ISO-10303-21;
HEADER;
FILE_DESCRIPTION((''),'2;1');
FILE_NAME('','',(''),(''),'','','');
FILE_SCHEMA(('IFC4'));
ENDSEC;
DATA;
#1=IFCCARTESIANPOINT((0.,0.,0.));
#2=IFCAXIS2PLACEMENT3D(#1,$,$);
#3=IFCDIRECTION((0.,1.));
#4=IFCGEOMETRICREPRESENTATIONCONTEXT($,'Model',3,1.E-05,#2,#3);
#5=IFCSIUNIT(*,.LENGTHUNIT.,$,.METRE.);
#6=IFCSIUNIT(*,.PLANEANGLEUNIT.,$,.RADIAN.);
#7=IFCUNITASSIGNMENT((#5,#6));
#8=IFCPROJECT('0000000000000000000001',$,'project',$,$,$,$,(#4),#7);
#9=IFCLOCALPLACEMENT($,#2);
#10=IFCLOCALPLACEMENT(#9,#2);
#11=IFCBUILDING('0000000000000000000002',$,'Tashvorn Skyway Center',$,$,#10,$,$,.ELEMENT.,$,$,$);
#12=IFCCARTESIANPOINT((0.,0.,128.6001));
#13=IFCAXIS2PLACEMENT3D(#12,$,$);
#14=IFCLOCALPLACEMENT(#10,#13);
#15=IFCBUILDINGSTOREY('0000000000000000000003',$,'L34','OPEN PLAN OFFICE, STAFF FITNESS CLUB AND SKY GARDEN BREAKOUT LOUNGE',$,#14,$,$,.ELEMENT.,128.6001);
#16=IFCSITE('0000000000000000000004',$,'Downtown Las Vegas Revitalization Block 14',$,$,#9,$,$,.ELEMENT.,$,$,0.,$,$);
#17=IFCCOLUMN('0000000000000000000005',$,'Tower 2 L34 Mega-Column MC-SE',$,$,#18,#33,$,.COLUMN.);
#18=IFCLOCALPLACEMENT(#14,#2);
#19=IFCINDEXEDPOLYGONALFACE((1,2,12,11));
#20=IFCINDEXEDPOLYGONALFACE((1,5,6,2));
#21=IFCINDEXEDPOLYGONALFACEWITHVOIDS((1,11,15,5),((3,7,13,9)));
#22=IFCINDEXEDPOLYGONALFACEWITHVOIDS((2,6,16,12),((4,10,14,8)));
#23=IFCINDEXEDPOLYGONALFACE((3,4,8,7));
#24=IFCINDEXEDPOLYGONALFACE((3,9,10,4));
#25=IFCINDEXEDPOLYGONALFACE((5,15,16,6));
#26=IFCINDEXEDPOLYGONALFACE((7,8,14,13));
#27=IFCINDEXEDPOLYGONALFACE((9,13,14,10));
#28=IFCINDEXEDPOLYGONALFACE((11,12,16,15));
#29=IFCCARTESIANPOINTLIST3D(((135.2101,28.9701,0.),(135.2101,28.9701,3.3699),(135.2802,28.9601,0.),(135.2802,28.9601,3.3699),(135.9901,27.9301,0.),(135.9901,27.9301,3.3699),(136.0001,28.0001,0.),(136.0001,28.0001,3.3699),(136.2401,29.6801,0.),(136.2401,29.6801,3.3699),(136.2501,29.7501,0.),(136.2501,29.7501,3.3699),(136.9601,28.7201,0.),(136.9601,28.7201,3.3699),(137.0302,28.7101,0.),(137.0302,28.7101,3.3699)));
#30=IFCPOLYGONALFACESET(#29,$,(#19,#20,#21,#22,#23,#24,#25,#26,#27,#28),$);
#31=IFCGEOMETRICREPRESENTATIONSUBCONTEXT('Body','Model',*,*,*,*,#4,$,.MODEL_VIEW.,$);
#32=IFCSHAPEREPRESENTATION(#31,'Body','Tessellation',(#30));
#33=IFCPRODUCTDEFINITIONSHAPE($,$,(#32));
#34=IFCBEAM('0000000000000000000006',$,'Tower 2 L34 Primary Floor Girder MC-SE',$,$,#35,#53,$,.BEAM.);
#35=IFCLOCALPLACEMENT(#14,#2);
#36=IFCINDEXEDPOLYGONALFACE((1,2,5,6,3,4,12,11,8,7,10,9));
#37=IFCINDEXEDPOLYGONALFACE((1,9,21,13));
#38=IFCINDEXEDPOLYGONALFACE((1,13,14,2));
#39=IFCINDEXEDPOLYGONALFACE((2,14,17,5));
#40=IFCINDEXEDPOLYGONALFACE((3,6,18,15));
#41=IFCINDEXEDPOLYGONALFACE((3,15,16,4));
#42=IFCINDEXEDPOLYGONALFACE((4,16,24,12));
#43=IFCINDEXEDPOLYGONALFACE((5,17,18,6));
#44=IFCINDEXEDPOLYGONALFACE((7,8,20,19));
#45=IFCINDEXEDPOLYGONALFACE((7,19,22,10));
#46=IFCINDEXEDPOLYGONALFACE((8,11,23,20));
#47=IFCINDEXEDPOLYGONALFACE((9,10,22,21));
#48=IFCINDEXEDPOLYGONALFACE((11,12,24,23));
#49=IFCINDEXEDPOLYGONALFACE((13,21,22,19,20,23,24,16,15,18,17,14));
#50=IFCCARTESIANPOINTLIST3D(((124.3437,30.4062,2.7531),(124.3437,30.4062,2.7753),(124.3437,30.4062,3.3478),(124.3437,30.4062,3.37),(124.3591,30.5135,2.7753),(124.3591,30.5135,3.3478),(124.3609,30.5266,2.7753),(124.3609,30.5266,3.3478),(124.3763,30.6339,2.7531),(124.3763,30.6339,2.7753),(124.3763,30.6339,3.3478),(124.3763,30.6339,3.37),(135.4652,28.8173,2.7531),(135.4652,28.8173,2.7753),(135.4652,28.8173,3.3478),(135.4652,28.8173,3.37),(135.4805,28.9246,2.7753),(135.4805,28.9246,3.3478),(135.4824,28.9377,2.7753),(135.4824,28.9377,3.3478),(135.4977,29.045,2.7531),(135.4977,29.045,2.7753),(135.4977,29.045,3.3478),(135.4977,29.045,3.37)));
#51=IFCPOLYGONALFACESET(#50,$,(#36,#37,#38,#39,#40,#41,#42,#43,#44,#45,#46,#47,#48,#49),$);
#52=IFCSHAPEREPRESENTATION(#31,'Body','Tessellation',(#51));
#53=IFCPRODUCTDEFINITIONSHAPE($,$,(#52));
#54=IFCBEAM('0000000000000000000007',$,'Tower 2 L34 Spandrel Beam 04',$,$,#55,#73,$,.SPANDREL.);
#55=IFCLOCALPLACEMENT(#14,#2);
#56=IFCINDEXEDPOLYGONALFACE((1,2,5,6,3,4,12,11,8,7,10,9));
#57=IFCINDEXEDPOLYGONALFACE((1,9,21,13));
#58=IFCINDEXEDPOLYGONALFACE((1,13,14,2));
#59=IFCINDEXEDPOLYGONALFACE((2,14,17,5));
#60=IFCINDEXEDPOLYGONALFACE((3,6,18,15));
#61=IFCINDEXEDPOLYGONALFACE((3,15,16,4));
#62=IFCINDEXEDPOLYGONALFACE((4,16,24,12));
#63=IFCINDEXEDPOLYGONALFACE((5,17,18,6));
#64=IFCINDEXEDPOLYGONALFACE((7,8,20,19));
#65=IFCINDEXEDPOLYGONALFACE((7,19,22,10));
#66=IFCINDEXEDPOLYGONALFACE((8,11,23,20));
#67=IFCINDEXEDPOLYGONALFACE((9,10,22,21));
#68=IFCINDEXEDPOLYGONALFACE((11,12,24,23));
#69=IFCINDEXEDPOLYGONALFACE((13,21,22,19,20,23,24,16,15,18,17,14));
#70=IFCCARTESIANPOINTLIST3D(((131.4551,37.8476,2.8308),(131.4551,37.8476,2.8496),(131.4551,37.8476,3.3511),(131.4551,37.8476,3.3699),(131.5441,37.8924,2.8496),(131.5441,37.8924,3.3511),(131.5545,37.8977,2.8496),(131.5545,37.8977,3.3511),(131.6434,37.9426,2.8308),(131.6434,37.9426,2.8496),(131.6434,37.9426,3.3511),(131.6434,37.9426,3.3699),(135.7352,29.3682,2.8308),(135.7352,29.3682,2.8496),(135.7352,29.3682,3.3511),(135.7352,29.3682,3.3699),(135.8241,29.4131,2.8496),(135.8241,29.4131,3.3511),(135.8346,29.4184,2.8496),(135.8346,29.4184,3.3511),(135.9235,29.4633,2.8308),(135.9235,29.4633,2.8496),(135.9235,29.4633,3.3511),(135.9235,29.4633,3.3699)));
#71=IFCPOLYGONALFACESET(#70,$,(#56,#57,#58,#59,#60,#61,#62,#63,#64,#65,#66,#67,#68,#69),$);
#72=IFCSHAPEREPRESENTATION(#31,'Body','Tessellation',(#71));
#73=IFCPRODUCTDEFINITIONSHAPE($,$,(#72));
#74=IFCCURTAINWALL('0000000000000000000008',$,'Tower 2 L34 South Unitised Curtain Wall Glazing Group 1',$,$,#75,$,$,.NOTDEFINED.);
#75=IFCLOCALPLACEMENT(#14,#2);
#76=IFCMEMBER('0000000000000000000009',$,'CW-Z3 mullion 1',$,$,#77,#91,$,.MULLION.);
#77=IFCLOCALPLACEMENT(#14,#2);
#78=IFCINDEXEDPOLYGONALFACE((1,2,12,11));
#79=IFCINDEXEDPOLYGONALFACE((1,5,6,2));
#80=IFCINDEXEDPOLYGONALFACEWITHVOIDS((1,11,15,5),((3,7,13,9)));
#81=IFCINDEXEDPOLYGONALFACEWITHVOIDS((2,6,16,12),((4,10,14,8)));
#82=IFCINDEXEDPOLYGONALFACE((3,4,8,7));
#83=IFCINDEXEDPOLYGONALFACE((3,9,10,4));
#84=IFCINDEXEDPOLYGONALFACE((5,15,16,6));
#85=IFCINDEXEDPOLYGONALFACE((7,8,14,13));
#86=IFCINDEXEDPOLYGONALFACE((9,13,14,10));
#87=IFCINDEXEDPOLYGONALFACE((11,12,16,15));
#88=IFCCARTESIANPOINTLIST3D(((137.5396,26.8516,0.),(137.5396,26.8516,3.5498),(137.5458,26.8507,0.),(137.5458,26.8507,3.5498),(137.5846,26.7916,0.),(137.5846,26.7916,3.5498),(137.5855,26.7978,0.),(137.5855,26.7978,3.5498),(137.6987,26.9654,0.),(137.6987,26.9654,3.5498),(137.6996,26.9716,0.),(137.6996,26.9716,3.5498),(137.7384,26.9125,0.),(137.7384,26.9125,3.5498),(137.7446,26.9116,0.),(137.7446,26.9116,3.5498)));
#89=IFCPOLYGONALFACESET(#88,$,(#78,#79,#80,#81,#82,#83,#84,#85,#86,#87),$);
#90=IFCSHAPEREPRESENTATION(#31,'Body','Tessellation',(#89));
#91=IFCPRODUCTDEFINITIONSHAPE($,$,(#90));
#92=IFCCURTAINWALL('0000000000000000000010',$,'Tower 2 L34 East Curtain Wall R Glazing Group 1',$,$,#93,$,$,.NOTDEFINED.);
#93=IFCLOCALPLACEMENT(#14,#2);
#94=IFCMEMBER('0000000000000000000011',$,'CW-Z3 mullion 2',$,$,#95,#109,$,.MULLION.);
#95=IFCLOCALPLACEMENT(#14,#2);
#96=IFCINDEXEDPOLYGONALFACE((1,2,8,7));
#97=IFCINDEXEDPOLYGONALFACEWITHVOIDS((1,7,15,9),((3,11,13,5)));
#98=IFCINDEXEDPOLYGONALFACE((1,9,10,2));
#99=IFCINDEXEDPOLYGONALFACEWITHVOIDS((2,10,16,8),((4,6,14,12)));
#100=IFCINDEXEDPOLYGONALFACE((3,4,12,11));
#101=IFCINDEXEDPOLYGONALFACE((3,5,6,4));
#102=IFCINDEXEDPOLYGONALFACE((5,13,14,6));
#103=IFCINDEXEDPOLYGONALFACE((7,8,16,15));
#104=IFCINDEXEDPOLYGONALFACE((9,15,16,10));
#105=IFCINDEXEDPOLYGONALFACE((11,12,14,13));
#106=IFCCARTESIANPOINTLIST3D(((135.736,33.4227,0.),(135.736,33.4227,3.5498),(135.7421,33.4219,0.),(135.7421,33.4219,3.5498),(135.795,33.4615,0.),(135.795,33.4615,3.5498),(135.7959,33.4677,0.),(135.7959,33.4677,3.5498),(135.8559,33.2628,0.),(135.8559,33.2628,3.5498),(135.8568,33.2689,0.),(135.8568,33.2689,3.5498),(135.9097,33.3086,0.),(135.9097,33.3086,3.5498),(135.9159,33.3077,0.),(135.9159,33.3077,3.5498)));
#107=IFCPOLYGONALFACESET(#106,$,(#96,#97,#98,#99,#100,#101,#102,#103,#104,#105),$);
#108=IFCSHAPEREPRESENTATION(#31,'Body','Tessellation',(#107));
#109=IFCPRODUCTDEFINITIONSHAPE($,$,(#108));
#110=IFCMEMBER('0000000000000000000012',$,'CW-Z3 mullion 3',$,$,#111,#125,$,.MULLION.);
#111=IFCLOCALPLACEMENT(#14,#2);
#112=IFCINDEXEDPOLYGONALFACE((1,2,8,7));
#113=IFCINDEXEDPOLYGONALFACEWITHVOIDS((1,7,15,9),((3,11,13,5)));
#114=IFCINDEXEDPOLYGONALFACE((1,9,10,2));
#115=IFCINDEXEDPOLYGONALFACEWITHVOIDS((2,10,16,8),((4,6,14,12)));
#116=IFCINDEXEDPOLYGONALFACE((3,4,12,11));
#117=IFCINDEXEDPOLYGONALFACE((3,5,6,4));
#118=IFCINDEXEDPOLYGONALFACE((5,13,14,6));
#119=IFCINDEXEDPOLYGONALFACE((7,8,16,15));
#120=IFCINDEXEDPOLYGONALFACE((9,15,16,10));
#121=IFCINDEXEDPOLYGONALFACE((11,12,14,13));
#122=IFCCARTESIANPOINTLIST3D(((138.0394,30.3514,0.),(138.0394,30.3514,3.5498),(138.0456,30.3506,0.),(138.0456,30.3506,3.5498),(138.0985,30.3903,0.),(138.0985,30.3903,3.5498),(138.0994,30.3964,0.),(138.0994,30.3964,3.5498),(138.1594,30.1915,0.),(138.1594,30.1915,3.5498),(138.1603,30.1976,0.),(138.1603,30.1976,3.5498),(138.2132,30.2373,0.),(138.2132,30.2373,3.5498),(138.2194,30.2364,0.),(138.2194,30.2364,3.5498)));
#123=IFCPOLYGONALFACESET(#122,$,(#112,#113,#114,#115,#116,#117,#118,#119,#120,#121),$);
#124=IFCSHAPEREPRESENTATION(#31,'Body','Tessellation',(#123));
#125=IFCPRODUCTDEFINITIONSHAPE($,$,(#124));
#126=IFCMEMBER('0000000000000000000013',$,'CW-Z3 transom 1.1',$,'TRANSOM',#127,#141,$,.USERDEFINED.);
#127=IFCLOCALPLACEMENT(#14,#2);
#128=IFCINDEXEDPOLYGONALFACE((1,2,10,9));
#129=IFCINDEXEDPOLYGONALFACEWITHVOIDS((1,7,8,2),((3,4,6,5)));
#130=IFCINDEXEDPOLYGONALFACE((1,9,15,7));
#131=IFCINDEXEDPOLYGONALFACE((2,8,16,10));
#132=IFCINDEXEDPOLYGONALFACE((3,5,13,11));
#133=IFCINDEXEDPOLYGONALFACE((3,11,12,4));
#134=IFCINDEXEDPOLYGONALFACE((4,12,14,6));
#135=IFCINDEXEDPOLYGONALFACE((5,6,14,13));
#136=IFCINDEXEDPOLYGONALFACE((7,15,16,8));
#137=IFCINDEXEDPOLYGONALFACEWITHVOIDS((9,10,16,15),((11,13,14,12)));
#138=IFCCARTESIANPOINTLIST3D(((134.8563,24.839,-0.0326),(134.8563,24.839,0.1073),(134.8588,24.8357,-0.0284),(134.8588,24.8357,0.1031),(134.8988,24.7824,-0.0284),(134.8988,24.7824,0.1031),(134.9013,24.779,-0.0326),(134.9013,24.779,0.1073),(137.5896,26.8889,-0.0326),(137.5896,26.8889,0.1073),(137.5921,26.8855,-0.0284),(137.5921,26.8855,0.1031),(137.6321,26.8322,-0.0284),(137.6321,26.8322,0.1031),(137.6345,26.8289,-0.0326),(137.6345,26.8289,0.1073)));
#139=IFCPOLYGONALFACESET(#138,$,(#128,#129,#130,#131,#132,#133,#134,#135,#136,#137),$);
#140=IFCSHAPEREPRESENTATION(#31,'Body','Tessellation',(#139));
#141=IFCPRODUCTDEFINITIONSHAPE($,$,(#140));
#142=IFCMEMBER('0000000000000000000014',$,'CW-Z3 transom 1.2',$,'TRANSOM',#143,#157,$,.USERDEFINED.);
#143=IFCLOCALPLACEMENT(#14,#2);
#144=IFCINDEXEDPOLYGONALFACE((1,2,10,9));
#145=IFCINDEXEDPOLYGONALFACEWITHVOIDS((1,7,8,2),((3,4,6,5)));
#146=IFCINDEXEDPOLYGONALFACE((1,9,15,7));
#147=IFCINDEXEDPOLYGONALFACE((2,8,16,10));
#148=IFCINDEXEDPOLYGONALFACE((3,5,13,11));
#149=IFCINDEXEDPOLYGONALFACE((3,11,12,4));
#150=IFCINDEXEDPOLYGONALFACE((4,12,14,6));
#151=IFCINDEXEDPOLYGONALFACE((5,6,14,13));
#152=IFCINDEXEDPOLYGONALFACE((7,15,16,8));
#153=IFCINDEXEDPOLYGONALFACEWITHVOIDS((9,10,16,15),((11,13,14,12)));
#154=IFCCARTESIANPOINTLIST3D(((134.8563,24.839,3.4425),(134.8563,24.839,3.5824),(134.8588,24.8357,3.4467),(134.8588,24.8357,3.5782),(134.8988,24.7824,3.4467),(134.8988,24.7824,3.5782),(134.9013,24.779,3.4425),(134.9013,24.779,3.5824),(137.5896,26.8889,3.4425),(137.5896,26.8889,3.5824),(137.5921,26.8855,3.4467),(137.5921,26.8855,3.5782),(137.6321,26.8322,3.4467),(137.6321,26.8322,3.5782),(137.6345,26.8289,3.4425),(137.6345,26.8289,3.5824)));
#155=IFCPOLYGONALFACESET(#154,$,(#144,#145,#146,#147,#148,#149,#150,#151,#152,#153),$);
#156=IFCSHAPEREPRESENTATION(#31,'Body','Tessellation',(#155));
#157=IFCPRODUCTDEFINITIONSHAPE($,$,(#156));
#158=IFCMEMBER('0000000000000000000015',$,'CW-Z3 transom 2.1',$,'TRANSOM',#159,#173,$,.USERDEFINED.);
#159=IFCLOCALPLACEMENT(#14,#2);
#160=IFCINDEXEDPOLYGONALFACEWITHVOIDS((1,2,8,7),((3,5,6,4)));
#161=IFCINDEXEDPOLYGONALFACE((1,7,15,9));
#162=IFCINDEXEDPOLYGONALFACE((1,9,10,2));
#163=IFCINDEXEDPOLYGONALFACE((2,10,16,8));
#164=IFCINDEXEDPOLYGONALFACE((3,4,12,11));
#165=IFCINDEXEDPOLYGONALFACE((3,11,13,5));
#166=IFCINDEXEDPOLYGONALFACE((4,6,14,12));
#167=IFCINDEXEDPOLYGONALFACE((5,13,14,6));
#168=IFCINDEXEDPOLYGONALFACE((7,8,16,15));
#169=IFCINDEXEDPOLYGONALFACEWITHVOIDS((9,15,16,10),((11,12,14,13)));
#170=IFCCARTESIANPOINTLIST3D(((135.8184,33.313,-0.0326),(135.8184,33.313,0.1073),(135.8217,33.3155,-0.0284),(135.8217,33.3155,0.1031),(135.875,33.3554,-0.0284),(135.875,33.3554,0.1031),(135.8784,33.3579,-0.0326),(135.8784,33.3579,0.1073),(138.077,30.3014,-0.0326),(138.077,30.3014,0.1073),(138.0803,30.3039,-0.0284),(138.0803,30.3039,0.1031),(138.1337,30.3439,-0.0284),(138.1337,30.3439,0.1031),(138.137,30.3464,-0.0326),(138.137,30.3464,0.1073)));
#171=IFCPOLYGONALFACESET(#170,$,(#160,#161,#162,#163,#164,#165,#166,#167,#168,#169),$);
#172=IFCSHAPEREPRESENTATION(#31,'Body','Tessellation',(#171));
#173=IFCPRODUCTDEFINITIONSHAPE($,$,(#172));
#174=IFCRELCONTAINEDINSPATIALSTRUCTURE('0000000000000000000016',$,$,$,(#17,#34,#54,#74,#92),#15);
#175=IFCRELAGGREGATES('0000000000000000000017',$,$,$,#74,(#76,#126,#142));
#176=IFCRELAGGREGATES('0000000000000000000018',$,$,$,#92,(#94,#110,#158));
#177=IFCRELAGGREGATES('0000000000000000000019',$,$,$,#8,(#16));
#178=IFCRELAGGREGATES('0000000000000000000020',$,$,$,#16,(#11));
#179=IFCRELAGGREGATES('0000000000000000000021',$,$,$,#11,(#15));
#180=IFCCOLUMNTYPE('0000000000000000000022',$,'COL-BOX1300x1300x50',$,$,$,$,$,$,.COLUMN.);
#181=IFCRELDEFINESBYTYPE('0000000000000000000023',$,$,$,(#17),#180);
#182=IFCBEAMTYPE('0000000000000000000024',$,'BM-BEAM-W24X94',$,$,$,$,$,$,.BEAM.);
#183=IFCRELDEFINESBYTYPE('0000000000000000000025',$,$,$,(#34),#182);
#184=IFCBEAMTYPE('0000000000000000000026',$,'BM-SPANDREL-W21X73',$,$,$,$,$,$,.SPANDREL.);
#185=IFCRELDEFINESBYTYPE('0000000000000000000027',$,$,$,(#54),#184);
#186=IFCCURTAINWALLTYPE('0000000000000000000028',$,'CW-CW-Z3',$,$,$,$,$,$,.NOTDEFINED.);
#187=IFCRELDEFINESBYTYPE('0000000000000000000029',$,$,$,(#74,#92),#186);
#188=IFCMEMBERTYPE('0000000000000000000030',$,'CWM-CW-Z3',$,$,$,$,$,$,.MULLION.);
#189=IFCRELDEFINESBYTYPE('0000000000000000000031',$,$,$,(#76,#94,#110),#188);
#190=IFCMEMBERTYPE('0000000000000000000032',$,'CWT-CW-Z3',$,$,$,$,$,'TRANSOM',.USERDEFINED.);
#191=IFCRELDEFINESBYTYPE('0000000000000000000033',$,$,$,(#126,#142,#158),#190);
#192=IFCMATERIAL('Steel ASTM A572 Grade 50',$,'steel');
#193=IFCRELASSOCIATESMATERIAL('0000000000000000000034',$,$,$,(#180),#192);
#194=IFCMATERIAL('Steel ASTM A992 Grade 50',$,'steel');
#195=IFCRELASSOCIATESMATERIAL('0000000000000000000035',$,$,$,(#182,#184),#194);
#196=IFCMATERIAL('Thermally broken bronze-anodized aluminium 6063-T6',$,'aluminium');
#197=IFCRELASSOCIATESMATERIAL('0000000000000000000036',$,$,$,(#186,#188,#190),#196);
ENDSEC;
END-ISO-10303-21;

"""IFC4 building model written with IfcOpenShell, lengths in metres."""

from ifc_helpers import new_model, si_unit, direction, frame, origin, origin_2d, place, context, subcontext, project, spatial, hollow_rectangle, i_section, extrude, material, material_profile, profile_set, type_object, element, aggregate, save


model = new_model("IFC4")

# Units and contexts
model_context = context("Model", 3, precision=1e-05, world=origin(), true_north=direction((0.0, 1.0)))
body_context = subcontext(model_context, "Body", "Model", "MODEL_VIEW")
ifc_project = project(units=[si_unit("LENGTHUNIT", "METRE"), si_unit("PLANEANGLEUNIT", "RADIAN")], contexts=[model_context])

# Site, building, storey
site_placement = place(None, origin())
site = spatial("IfcSite", under=ifc_project, at=site_placement, Name="Downtown Las Vegas Revitalization Block 14", CompositionType="ELEMENT", RefElevation=0.0)
building_placement = place(site_placement, origin())
building = spatial("IfcBuilding", under=site, at=building_placement, Name="Tashvorn Skyway Center", CompositionType="ELEMENT")
storey_placement = place(building_placement, frame((0.0, 0.0, 128.6001)))
storey = spatial("IfcBuildingStorey", under=building, at=storey_placement, Name="L34", Description="OPEN PLAN OFFICE, STAFF FITNESS CLUB AND SKY GARDEN BREAKOUT LOUNGE", CompositionType="ELEMENT", Elevation=128.6001)

# Column
ifc_material_1 = material(Name="Steel ASTM A572 Grade 50", Category="steel")
ifc_material_profile_1 = material_profile(ifc_material_1, hollow_rectangle(XDim=1.3, YDim=1.3, WallThickness=0.05, at=origin_2d()), Name="BOX1300x1300x50")
ifc_profile_set_1 = profile_set([ifc_material_profile_1], Name="Steel ASTM A572 Grade 50")
column_type = type_object("IfcColumnType", Name="COL-BOX1300x1300x50", PredefinedType="COLUMN", material=ifc_profile_set_1)
column_placement = place(storey_placement, frame((136.1201, 28.8401, 0.0), z_axis=(0.0, 0.0, 1.0), x_axis=(0.8, 0.6, 0.0)))
element("IfcColumn", 1, at=column_placement, inside=storey, type_object=column_type, Name="Tower 2 L34 Mega-Column MC-SE", PredefinedType="COLUMN", context=body_context, shape_type="SweptSolid", body=[
    extrude(hollow_rectangle(XDim=1.3, YDim=1.3, WallThickness=0.05, at=origin_2d()), origin(), (0.0, 0.0, 1.0), 3.3699),
])

# Beams
ifc_material_2 = material(Name="Steel ASTM A992 Grade 50", Category="steel")
ifc_material_profile_2 = material_profile(ifc_material_2, i_section(OverallWidth=0.23, OverallDepth=0.6169, WebThickness=0.0132, FlangeThickness=0.0222, at=origin_2d()), Name="W24X94")
ifc_profile_set_2 = profile_set([ifc_material_profile_2], Name="Steel ASTM A992 Grade 50")
beam_type_1 = type_object("IfcBeamType", Name="BM-BEAM-W24X94", PredefinedType="BEAM", material=ifc_profile_set_2)
beam_1_placement = place(storey_placement, frame((135.4814, 28.9312, 3.0615), z_axis=(-0.989948, 0.14143, 0.0), x_axis=(-0.14143, -0.989948, 0.0)))
element("IfcBeam", 2, at=beam_1_placement, inside=storey, type_object=beam_type_1, Name="Tower 2 L34 Primary Floor Girder MC-SE", PredefinedType="BEAM", context=body_context, shape_type="SweptSolid", body=[
    extrude(i_section(OverallWidth=0.23, OverallDepth=0.6169, WebThickness=0.0132, FlangeThickness=0.0222, at=origin_2d()), origin(), (0.0, 0.0, 1.0), 11.2344),
])
ifc_material_profile_3 = material_profile(ifc_material_2, i_section(OverallWidth=0.2109, OverallDepth=0.5391, WebThickness=0.0117, FlangeThickness=0.0188, at=origin_2d()), Name="W21X73")
ifc_profile_set_3 = profile_set([ifc_material_profile_3], Name="Steel ASTM A992 Grade 50")
beam_type_2 = type_object("IfcBeamType", Name="BM-SPANDREL-W21X73", PredefinedType="SPANDREL", material=ifc_profile_set_3)
beam_2_placement = place(storey_placement, frame((135.8293, 29.4158, 3.1003), z_axis=(-0.450614, 0.892719, 0.0), x_axis=(-0.892719, -0.450614, 0.0)))
element("IfcBeam", 3, at=beam_2_placement, inside=storey, type_object=beam_type_2, Name="Tower 2 L34 Spandrel Beam 04", PredefinedType="SPANDREL", context=body_context, shape_type="SweptSolid", body=[
    extrude(i_section(OverallWidth=0.2109, OverallDepth=0.5391, WebThickness=0.0117, FlangeThickness=0.0188, at=origin_2d()), origin(), (0.0, 0.0, 1.0), 9.4983),
])

# Curtain wall, member
ifc_material_3 = material(Name="Thermally broken bronze-anodized aluminium 6063-T6", Category="aluminium")
curtain_wall_type = type_object("IfcCurtainWallType", Name="CW-CW-Z3", PredefinedType="NOTDEFINED", material=ifc_material_3)
curtain_wall_1_placement = place(storey_placement, origin())
curtain_wall_1 = element("IfcCurtainWall", 4, at=curtain_wall_1_placement, inside=storey, type_object=curtain_wall_type, Name="Tower 2 L34 South Unitised Curtain Wall Glazing Group 1", PredefinedType="NOTDEFINED")
ifc_material_profile_4 = material_profile(ifc_material_3, hollow_rectangle(XDim=0.075, YDim=0.2, WallThickness=0.0044, at=origin_2d()), Name="ALU-MULL-75x200")
ifc_profile_set_4 = profile_set([ifc_material_profile_4], Name="Thermally broken bronze-anodized aluminium 6063-T6")
member_type_1 = type_object("IfcMemberType", Name="CWM-CW-Z3", PredefinedType="MULLION", material=ifc_profile_set_4)
member_1_placement = place(storey_placement, frame((137.6421, 26.8816, 0.0), z_axis=(0.0, 0.0, 1.0), x_axis=(0.600005, -0.799997, 0.0)))
member_1 = element("IfcMember", 5, at=member_1_placement, type_object=member_type_1, Name="CW-Z3 mullion 1", PredefinedType="MULLION", context=body_context, shape_type="SweptSolid", body=[
    extrude(hollow_rectangle(XDim=0.075, YDim=0.2, WallThickness=0.0044, at=origin_2d()), origin(), (0.0, 0.0, 1.0), 3.5498),
])

# Curtain wall, members
curtain_wall_2_placement = place(storey_placement, origin())
curtain_wall_2 = element("IfcCurtainWall", 6, at=curtain_wall_2_placement, inside=storey, type_object=curtain_wall_type, Name="Tower 2 L34 East Curtain Wall R Glazing Group 1", PredefinedType="NOTDEFINED")
member_2_placement = place(storey_placement, frame((135.8259, 33.3652, 0.0), z_axis=(0.0, 0.0, 1.0), x_axis=(0.800002, 0.599998, 0.0)))
member_2 = element("IfcMember", 7, at=member_2_placement, type_object=member_type_1, Name="CW-Z3 mullion 2", PredefinedType="MULLION", context=body_context, shape_type="SweptSolid", body=[
    extrude(hollow_rectangle(XDim=0.075, YDim=0.2, WallThickness=0.0044, at=origin_2d()), origin(), (0.0, 0.0, 1.0), 3.5498),
])
member_3_placement = place(storey_placement, frame((138.1294, 30.2939, 0.0), z_axis=(0.0, 0.0, 1.0), x_axis=(0.800002, 0.599998, 0.0)))
member_3 = element("IfcMember", 8, at=member_3_placement, type_object=member_type_1, Name="CW-Z3 mullion 3", PredefinedType="MULLION", context=body_context, shape_type="SweptSolid", body=[
    extrude(hollow_rectangle(XDim=0.075, YDim=0.2, WallThickness=0.0044, at=origin_2d()), origin(), (0.0, 0.0, 1.0), 3.5498),
])

# Members
ifc_material_profile_5 = material_profile(ifc_material_3, hollow_rectangle(XDim=0.075, YDim=0.1399, WallThickness=0.0042, at=origin_2d()), Name="ALU-TRAN-75x140")
ifc_profile_set_5 = profile_set([ifc_material_profile_5], Name="Thermally broken bronze-anodized aluminium 6063-T6")
member_type_2 = type_object("IfcMemberType", Name="CWT-CW-Z3", ElementType="TRANSOM", PredefinedType="USERDEFINED", material=ifc_profile_set_5)
member_4_placement = place(storey_placement, frame((137.6121, 26.8589, 0.0374), z_axis=(-0.800009, -0.599989, 0.0), x_axis=(0.599989, -0.800009, 0.0)))
member_4 = element("IfcMember", 9, at=member_4_placement, type_object=member_type_2, Name="CW-Z3 transom 1.1", ObjectType="TRANSOM", PredefinedType="USERDEFINED", context=body_context, shape_type="SweptSolid", body=[
    extrude(hollow_rectangle(XDim=0.075, YDim=0.1399, WallThickness=0.0042, at=origin_2d()), origin(), (0.0, 0.0, 1.0), 3.4165),
])
member_5_placement = place(storey_placement, frame((137.6121, 26.8589, 3.5125), z_axis=(-0.800009, -0.599989, 0.0), x_axis=(0.599989, -0.800009, 0.0)))
member_5 = element("IfcMember", 10, at=member_5_placement, type_object=member_type_2, Name="CW-Z3 transom 1.2", ObjectType="TRANSOM", PredefinedType="USERDEFINED", context=body_context, shape_type="SweptSolid", body=[
    extrude(hollow_rectangle(XDim=0.075, YDim=0.1399, WallThickness=0.0042, at=origin_2d()), origin(), (0.0, 0.0, 1.0), 3.4165),
])
member_6_placement = place(storey_placement, frame((135.8484, 33.3354, 0.0374), z_axis=(0.59999, -0.800008, 0.0), x_axis=(0.800008, 0.59999, 0.0)))
member_6 = element("IfcMember", 11, at=member_6_placement, type_object=member_type_2, Name="CW-Z3 transom 2.1", ObjectType="TRANSOM", PredefinedType="USERDEFINED", context=body_context, shape_type="SweptSolid", body=[
    extrude(hollow_rectangle(XDim=0.075, YDim=0.1399, WallThickness=0.0042, at=origin_2d()), origin(), (0.0, 0.0, 1.0), 3.7644),
])

aggregate(curtain_wall_1, [member_1, member_4, member_5])
aggregate(curtain_wall_2, [member_2, member_3, member_6])

save(model, "model.ifc")
